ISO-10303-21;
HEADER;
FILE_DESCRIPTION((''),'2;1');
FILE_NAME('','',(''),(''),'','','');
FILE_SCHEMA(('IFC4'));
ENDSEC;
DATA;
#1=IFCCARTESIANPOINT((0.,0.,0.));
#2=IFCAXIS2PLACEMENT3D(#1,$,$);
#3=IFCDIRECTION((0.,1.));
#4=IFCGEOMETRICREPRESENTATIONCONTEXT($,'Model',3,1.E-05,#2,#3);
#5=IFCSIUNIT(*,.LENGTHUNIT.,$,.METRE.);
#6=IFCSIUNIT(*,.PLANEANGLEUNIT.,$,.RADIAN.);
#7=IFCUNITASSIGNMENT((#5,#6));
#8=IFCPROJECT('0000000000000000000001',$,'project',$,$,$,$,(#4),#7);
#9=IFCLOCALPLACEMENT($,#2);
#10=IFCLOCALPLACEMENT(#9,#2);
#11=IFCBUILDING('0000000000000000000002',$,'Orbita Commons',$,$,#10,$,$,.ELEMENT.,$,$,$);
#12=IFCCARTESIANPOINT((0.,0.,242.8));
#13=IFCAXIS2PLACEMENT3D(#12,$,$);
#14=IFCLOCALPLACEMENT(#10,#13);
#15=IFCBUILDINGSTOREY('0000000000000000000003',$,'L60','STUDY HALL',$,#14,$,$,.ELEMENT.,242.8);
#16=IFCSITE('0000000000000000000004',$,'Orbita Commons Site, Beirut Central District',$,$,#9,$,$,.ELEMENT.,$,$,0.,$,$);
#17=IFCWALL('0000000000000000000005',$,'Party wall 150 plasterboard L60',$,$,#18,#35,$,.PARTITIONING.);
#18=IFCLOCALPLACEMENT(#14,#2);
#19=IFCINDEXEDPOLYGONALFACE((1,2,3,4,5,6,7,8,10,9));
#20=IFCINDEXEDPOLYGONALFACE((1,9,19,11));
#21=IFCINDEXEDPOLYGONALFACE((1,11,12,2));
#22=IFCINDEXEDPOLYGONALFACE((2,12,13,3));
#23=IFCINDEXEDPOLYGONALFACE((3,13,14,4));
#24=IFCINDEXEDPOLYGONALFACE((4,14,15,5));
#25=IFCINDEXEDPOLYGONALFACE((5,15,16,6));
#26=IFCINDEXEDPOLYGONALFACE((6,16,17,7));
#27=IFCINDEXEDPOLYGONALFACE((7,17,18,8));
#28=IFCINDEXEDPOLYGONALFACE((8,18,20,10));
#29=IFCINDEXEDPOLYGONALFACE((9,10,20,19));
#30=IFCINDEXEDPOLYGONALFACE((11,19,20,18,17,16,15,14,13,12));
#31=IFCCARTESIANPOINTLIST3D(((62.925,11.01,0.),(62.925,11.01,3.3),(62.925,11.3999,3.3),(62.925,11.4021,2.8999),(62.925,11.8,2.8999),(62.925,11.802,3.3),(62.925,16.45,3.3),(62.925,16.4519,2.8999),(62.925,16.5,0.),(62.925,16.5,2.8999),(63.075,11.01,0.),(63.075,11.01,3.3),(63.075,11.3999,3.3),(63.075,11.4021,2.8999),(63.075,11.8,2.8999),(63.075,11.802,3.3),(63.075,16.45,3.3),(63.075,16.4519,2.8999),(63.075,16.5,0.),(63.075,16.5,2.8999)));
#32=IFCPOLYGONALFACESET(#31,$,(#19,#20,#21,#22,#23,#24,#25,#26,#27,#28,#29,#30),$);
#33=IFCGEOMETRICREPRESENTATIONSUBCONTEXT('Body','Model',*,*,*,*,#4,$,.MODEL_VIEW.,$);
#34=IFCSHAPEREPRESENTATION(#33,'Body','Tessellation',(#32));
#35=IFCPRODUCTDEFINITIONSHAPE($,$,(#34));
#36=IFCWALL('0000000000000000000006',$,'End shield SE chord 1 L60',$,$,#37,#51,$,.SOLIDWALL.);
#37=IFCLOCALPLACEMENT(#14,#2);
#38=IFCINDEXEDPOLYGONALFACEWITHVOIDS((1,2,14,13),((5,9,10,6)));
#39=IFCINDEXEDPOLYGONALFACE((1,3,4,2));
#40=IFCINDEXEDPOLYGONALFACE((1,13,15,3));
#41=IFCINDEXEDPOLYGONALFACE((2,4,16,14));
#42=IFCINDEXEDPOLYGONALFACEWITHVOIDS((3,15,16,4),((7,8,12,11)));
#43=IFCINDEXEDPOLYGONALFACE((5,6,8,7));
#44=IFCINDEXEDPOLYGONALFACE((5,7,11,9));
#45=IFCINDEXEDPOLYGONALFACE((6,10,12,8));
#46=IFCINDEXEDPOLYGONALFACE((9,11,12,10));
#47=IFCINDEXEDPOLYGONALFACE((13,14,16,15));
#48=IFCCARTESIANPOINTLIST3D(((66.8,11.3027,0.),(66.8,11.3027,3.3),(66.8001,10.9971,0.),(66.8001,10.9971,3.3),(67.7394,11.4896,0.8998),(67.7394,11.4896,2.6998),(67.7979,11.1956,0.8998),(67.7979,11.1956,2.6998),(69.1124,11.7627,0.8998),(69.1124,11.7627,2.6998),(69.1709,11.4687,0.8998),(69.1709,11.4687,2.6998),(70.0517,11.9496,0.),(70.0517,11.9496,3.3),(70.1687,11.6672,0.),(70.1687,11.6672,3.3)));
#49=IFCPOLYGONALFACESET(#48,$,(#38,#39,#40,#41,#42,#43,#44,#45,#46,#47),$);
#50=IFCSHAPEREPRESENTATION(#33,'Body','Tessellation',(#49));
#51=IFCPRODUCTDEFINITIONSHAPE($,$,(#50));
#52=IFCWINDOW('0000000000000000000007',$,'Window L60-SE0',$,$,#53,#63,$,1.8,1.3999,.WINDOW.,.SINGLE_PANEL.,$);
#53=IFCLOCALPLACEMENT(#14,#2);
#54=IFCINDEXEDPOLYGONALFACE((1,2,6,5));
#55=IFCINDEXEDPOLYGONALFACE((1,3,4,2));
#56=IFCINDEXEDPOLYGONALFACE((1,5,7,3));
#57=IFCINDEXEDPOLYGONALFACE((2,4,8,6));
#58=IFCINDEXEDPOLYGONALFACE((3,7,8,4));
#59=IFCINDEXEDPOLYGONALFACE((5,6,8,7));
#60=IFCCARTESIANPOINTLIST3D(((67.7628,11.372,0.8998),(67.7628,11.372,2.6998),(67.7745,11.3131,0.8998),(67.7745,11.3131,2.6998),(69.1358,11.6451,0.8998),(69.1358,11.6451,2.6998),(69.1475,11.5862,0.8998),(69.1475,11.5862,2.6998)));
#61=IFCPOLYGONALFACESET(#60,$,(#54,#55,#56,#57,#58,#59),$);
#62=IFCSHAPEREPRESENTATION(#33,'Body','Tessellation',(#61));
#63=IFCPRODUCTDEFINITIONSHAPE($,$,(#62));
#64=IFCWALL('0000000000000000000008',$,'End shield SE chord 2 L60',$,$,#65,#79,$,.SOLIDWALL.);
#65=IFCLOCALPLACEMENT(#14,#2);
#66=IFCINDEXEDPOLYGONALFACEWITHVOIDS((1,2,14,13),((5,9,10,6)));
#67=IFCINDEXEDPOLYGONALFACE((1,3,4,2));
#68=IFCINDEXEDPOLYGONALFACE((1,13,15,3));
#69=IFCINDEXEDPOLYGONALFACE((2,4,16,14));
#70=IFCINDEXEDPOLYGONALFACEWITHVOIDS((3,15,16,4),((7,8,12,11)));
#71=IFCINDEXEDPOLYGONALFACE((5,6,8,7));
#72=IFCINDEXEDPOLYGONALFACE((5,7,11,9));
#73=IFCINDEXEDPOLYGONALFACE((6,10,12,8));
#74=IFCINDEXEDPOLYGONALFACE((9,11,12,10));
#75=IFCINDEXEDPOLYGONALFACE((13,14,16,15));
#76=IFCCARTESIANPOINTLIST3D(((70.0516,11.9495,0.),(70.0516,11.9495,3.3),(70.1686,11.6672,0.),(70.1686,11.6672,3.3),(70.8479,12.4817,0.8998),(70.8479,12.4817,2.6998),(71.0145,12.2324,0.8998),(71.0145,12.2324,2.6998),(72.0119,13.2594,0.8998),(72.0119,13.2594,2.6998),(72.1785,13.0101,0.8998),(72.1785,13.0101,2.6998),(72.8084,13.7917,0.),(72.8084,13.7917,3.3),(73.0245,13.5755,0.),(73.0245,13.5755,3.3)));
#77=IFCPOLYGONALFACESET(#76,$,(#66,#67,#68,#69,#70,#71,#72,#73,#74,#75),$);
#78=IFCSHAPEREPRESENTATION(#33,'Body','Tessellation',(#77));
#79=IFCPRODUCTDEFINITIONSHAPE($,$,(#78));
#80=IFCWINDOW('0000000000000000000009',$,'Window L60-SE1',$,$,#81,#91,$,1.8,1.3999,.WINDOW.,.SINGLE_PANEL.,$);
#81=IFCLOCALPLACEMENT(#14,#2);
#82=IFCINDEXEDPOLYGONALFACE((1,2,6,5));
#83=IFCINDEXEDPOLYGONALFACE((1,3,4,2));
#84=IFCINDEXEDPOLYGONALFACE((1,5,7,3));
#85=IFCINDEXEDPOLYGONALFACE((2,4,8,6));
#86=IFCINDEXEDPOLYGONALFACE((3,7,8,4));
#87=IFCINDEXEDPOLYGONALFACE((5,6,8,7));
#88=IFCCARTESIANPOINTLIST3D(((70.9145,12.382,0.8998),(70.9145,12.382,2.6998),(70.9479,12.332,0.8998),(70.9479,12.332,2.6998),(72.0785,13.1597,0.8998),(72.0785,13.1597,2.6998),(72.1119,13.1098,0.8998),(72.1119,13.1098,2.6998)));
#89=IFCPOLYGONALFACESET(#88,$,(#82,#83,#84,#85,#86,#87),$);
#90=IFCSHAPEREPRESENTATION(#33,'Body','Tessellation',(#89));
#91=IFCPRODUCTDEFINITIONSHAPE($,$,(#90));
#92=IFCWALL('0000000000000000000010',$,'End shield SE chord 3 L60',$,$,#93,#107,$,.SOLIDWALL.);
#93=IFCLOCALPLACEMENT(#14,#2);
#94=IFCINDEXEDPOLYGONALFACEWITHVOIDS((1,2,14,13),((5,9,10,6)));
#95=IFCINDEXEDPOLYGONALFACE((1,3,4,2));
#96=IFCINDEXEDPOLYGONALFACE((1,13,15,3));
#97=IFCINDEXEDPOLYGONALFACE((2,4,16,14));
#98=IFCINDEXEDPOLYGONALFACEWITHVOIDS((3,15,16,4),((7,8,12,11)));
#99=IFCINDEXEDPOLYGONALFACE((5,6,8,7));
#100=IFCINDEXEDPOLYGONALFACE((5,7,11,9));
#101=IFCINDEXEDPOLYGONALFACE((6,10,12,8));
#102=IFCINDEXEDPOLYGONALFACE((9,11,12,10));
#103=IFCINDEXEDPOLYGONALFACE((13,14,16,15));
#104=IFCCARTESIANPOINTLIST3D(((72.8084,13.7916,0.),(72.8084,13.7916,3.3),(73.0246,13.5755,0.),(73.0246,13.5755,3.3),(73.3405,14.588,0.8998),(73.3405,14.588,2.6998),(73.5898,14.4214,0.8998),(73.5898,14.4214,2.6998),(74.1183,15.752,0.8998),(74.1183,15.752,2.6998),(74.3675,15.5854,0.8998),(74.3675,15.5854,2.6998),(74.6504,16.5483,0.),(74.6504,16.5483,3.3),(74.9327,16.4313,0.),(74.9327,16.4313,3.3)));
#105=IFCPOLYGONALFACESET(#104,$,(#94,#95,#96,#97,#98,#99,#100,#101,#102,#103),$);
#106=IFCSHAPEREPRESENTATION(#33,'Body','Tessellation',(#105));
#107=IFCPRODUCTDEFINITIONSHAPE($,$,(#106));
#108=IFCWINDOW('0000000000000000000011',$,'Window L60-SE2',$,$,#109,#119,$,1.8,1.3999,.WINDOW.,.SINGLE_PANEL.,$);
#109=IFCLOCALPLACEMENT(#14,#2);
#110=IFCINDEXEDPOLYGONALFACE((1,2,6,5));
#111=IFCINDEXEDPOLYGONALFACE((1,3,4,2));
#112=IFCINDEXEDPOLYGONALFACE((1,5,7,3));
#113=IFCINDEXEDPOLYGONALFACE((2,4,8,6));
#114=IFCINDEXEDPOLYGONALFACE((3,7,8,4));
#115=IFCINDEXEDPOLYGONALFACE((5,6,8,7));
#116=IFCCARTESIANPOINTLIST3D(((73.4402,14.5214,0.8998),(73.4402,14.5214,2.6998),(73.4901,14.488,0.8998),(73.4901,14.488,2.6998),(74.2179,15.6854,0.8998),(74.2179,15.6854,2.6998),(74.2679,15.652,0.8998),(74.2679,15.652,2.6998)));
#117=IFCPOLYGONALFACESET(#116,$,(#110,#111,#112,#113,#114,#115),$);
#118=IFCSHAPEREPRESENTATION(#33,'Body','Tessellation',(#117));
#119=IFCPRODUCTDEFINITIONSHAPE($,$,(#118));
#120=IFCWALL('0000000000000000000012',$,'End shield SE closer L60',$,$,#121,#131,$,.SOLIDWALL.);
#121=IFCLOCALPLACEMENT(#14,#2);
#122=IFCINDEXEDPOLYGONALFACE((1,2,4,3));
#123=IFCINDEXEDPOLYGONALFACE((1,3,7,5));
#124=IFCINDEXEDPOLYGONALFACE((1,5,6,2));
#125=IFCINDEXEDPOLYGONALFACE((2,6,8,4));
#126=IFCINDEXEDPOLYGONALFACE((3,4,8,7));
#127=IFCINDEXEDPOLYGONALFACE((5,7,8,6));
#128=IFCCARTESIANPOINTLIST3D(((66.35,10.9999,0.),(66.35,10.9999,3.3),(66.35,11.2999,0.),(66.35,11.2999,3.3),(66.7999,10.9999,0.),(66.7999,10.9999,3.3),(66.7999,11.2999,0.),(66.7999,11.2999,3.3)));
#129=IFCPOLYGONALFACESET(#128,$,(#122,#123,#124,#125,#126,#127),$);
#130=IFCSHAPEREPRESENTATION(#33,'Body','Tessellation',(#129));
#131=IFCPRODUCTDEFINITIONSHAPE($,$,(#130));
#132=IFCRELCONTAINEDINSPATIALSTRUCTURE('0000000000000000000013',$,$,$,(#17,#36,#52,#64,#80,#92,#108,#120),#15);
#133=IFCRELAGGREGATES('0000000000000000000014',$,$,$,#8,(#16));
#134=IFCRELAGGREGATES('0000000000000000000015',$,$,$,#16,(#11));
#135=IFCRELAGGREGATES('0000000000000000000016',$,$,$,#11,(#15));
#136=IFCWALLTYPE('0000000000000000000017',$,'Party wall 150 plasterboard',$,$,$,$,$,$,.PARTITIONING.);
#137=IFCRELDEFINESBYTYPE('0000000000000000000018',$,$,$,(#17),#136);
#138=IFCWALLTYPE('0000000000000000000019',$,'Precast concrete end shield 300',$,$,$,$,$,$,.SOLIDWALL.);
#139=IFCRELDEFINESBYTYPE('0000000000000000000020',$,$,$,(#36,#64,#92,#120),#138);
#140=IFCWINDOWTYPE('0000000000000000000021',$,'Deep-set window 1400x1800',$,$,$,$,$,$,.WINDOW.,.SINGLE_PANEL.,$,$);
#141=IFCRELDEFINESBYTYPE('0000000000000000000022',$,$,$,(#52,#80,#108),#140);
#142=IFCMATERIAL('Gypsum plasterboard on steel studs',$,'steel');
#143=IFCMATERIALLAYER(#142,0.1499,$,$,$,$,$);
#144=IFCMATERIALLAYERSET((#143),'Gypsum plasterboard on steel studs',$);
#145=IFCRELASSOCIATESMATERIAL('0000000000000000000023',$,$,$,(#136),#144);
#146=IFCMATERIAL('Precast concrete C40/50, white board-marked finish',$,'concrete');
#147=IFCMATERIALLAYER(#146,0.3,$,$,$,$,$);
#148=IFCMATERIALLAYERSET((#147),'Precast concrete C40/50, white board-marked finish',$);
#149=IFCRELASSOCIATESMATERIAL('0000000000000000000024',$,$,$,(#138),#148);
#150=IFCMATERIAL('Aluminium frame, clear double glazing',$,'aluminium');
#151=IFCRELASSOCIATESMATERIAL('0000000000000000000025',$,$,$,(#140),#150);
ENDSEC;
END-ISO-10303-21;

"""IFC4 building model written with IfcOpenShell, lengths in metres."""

from ifc_helpers import new_model, si_unit, direction, frame, frame_2d, origin, place, context, subcontext, project, spatial, polyline, rectangle, outline, extrude, material, layer, layer_set, type_object, element, fill, save


model = new_model("IFC4")

# Units and contexts
model_context = context("Model", 3, precision=1e-05, world=origin(), true_north=direction((0.0, 1.0)))
body_context = subcontext(model_context, "Body", "Model", "MODEL_VIEW")
ifc_project = project(units=[si_unit("LENGTHUNIT", "METRE"), si_unit("PLANEANGLEUNIT", "RADIAN")], contexts=[model_context])

# Site, building, storey
site_placement = place(None, origin())
site = spatial("IfcSite", under=ifc_project, at=site_placement, Name="Orbita Commons Site, Beirut Central District", CompositionType="ELEMENT", RefElevation=0.0)
building_placement = place(site_placement, origin())
building = spatial("IfcBuilding", under=site, at=building_placement, Name="Orbita Commons", CompositionType="ELEMENT")
storey_placement = place(building_placement, frame((0.0, 0.0, 242.8)))
storey = spatial("IfcBuildingStorey", under=building, at=storey_placement, Name="L60", Description="STUDY HALL", CompositionType="ELEMENT", Elevation=242.8)

# Wall
ifc_material_1 = material(Name="Gypsum plasterboard on steel studs", Category="steel")
ifc_layer_1 = layer(ifc_material_1, 0.1499)
ifc_layer_set_1 = layer_set([ifc_layer_1], Name="Gypsum plasterboard on steel studs")
wall_type_1 = type_object("IfcWallType", Name="Party wall 150 plasterboard", PredefinedType="PARTITIONING", material=ifc_layer_set_1)
for number, where, z_axis, x_axis, name in (
    (1, (63.0, 11.01, 0.0), (0.0, 0.0, 1.0), (0.0, 1.0, 0.0), "Party wall 150 plasterboard L60"),
):
    element("IfcWall", number, at=place(storey_placement, frame(where, z_axis=z_axis, x_axis=x_axis)), inside=storey, type_object=wall_type_1, Name=name, PredefinedType="PARTITIONING", context=body_context, shape_type="SweptSolid", body=[
        extrude(outline(polyline([(0.0, 0.0), (5.49, 0.0), (5.49, 2.8999), (5.4419, 2.8999), (5.4399, 3.3), (0.792, 3.3), (0.79, 2.8999), (0.3921, 2.8999), (0.3899, 3.3), (0.0, 3.3), (0.0, 0.0)])), frame((0.0, 0.075, 0.0), z_axis=(0.0, -1.0, 0.0), x_axis=(1.0, 0.0, 0.0)), (0.0, 0.0, 1.0), 0.1499),
    ])

# Walls, openings, windows
ifc_material_2 = material(Name="Precast concrete C40/50, white board-marked finish", Category="concrete")
ifc_layer_2 = layer(ifc_material_2, 0.3)
ifc_layer_set_2 = layer_set([ifc_layer_2], Name="Precast concrete C40/50, white board-marked finish")
wall_type_2 = type_object("IfcWallType", Name="Precast concrete end shield 300", PredefinedType="SOLIDWALL", material=ifc_layer_set_2)
wall_1_placement = place(storey_placement, frame((66.8, 11.1499, 0.0), z_axis=(0.0, 0.0, 1.0), x_axis=(0.980783, 0.1951, 0.0)))
wall_1 = element("IfcWall", 2, at=wall_1_placement, inside=storey, type_object=wall_type_2, Name="End shield SE chord 1 L60", PredefinedType="SOLIDWALL", context=body_context, shape_type="SweptSolid", body=[
    extrude(outline(polyline([(-0.0298, -0.1499), (3.4048, -0.1499), (3.3452, 0.1499), (0.0298, 0.1499), (-0.0298, -0.1499)])), origin(), (0.0, 0.0, 1.0), 3.3),
])
opening_1_placement = place(wall_1_placement, frame((0.9875, 0.0, 0.8999)))
opening_1 = element("IfcOpeningElement", 3, at=opening_1_placement, cuts=wall_1, PredefinedType="OPENING", context=body_context, shape_type="SweptSolid", body=[
    extrude(rectangle(XDim=1.3999, YDim=1.8, at=frame_2d((0.7, 0.8999))), frame((0.0, 0.1599, 0.0), z_axis=(0.0, -1.0, 0.0), x_axis=(1.0, 0.0, 0.0)), (0.0, 0.0, 1.0), 0.3201),
])
ifc_material_3 = material(Name="Aluminium frame, clear double glazing", Category="aluminium")
window_type = type_object("IfcWindowType", Name="Deep-set window 1400x1800", PartitioningType="SINGLE_PANEL", PredefinedType="WINDOW", material=ifc_material_3)
window_1_placement = place(opening_1_placement, origin())
window_1 = element("IfcWindow", 4, at=window_1_placement, inside=storey, type_object=window_type, Name="Window L60-SE0", OverallHeight=1.8, OverallWidth=1.3999, PartitioningType="SINGLE_PANEL", PredefinedType="WINDOW", context=body_context, shape_type="SweptSolid", body=[
    extrude(rectangle(XDim=1.3999, YDim=1.8, at=frame_2d((0.7, 0.8999))), frame((0.0, 0.03, 0.0), z_axis=(0.0, -1.0, 0.0), x_axis=(1.0, 0.0, 0.0)), (0.0, 0.0, 1.0), 0.0601),
])
fill(opening_1, window_1)
wall_2_placement = place(storey_placement, frame((70.1101, 11.8083, 0.0), z_axis=(0.0, 0.0, 1.0), x_axis=(0.83146, 0.555585, 0.0)))
wall_2 = element("IfcWall", 5, at=wall_2_placement, inside=storey, type_object=wall_type_2, Name="End shield SE chord 2 L60", PredefinedType="SOLIDWALL", context=body_context, shape_type="SweptSolid", body=[
    extrude(outline(polyline([(-0.0298, -0.1499), (3.405, -0.1499), (3.3455, 0.1499), (0.0298, 0.1499), (-0.0298, -0.1499)])), origin(), (0.0, 0.0, 1.0), 3.3),
])
opening_2_placement = place(wall_2_placement, frame((0.9875, 0.0, 0.8999)))
opening_2 = element("IfcOpeningElement", 6, at=opening_2_placement, cuts=wall_2, PredefinedType="OPENING", context=body_context, shape_type="SweptSolid", body=[
    extrude(rectangle(XDim=1.3999, YDim=1.8, at=frame_2d((0.7, 0.8999))), frame((0.0, 0.1599, 0.0), z_axis=(0.0, -1.0, 0.0), x_axis=(1.0, 0.0, 0.0)), (0.0, 0.0, 1.0), 0.3201),
])
window_2_placement = place(opening_2_placement, origin())
window_2 = element("IfcWindow", 7, at=window_2_placement, inside=storey, type_object=window_type, Name="Window L60-SE1", OverallHeight=1.8, OverallWidth=1.3999, PartitioningType="SINGLE_PANEL", PredefinedType="WINDOW", context=body_context, shape_type="SweptSolid", body=[
    extrude(rectangle(XDim=1.3999, YDim=1.8, at=frame_2d((0.7, 0.8999))), frame((0.0, 0.03, 0.0), z_axis=(0.0, -1.0, 0.0), x_axis=(1.0, 0.0, 0.0)), (0.0, 0.0, 1.0), 0.0601),
])
fill(opening_2, window_2)
wall_3_placement = place(storey_placement, frame((72.9165, 13.6836, 0.0), z_axis=(0.0, 0.0, 1.0), x_axis=(0.555568, 0.831471, 0.0)))
wall_3 = element("IfcWall", 8, at=wall_3_placement, inside=storey, type_object=wall_type_2, Name="End shield SE chord 3 L60", PredefinedType="SOLIDWALL", context=body_context, shape_type="SweptSolid", body=[
    extrude(outline(polyline([(-0.0298, -0.1499), (3.4048, -0.1499), (3.3452, 0.1499), (0.0298, 0.1499), (-0.0298, -0.1499)])), origin(), (0.0, 0.0, 1.0), 3.3),
])
opening_3_placement = place(wall_3_placement, frame((0.9875, 0.0, 0.8999)))
opening_3 = element("IfcOpeningElement", 9, at=opening_3_placement, cuts=wall_3, PredefinedType="OPENING", context=body_context, shape_type="SweptSolid", body=[
    extrude(rectangle(XDim=1.3999, YDim=1.8, at=frame_2d((0.7, 0.8999))), frame((0.0, 0.1599, 0.0), z_axis=(0.0, -1.0, 0.0), x_axis=(1.0, 0.0, 0.0)), (0.0, 0.0, 1.0), 0.3201),
])
window_3_placement = place(opening_3_placement, origin())
window_3 = element("IfcWindow", 10, at=window_3_placement, inside=storey, type_object=window_type, Name="Window L60-SE2", OverallHeight=1.8, OverallWidth=1.3999, PartitioningType="SINGLE_PANEL", PredefinedType="WINDOW", context=body_context, shape_type="SweptSolid", body=[
    extrude(rectangle(XDim=1.3999, YDim=1.8, at=frame_2d((0.7, 0.8999))), frame((0.0, 0.03, 0.0), z_axis=(0.0, -1.0, 0.0), x_axis=(1.0, 0.0, 0.0)), (0.0, 0.0, 1.0), 0.0601),
])
fill(opening_3, window_3)

# Wall
wall_4_placement = place(storey_placement, frame((66.8, 11.1499, 0.0), z_axis=(0.0, 0.0, 1.0), x_axis=(-1.0, 0.0, 0.0)))
element("IfcWall", 11, at=wall_4_placement, inside=storey, type_object=wall_type_2, Name="End shield SE closer L60", PredefinedType="SOLIDWALL", context=body_context, shape_type="SweptSolid", body=[
    extrude(rectangle(XDim=0.45, YDim=0.3, at=frame_2d((0.2251, 0.0))), origin(), (0.0, 0.0, 1.0), 3.3),
])

save(model, "model.ifc")
